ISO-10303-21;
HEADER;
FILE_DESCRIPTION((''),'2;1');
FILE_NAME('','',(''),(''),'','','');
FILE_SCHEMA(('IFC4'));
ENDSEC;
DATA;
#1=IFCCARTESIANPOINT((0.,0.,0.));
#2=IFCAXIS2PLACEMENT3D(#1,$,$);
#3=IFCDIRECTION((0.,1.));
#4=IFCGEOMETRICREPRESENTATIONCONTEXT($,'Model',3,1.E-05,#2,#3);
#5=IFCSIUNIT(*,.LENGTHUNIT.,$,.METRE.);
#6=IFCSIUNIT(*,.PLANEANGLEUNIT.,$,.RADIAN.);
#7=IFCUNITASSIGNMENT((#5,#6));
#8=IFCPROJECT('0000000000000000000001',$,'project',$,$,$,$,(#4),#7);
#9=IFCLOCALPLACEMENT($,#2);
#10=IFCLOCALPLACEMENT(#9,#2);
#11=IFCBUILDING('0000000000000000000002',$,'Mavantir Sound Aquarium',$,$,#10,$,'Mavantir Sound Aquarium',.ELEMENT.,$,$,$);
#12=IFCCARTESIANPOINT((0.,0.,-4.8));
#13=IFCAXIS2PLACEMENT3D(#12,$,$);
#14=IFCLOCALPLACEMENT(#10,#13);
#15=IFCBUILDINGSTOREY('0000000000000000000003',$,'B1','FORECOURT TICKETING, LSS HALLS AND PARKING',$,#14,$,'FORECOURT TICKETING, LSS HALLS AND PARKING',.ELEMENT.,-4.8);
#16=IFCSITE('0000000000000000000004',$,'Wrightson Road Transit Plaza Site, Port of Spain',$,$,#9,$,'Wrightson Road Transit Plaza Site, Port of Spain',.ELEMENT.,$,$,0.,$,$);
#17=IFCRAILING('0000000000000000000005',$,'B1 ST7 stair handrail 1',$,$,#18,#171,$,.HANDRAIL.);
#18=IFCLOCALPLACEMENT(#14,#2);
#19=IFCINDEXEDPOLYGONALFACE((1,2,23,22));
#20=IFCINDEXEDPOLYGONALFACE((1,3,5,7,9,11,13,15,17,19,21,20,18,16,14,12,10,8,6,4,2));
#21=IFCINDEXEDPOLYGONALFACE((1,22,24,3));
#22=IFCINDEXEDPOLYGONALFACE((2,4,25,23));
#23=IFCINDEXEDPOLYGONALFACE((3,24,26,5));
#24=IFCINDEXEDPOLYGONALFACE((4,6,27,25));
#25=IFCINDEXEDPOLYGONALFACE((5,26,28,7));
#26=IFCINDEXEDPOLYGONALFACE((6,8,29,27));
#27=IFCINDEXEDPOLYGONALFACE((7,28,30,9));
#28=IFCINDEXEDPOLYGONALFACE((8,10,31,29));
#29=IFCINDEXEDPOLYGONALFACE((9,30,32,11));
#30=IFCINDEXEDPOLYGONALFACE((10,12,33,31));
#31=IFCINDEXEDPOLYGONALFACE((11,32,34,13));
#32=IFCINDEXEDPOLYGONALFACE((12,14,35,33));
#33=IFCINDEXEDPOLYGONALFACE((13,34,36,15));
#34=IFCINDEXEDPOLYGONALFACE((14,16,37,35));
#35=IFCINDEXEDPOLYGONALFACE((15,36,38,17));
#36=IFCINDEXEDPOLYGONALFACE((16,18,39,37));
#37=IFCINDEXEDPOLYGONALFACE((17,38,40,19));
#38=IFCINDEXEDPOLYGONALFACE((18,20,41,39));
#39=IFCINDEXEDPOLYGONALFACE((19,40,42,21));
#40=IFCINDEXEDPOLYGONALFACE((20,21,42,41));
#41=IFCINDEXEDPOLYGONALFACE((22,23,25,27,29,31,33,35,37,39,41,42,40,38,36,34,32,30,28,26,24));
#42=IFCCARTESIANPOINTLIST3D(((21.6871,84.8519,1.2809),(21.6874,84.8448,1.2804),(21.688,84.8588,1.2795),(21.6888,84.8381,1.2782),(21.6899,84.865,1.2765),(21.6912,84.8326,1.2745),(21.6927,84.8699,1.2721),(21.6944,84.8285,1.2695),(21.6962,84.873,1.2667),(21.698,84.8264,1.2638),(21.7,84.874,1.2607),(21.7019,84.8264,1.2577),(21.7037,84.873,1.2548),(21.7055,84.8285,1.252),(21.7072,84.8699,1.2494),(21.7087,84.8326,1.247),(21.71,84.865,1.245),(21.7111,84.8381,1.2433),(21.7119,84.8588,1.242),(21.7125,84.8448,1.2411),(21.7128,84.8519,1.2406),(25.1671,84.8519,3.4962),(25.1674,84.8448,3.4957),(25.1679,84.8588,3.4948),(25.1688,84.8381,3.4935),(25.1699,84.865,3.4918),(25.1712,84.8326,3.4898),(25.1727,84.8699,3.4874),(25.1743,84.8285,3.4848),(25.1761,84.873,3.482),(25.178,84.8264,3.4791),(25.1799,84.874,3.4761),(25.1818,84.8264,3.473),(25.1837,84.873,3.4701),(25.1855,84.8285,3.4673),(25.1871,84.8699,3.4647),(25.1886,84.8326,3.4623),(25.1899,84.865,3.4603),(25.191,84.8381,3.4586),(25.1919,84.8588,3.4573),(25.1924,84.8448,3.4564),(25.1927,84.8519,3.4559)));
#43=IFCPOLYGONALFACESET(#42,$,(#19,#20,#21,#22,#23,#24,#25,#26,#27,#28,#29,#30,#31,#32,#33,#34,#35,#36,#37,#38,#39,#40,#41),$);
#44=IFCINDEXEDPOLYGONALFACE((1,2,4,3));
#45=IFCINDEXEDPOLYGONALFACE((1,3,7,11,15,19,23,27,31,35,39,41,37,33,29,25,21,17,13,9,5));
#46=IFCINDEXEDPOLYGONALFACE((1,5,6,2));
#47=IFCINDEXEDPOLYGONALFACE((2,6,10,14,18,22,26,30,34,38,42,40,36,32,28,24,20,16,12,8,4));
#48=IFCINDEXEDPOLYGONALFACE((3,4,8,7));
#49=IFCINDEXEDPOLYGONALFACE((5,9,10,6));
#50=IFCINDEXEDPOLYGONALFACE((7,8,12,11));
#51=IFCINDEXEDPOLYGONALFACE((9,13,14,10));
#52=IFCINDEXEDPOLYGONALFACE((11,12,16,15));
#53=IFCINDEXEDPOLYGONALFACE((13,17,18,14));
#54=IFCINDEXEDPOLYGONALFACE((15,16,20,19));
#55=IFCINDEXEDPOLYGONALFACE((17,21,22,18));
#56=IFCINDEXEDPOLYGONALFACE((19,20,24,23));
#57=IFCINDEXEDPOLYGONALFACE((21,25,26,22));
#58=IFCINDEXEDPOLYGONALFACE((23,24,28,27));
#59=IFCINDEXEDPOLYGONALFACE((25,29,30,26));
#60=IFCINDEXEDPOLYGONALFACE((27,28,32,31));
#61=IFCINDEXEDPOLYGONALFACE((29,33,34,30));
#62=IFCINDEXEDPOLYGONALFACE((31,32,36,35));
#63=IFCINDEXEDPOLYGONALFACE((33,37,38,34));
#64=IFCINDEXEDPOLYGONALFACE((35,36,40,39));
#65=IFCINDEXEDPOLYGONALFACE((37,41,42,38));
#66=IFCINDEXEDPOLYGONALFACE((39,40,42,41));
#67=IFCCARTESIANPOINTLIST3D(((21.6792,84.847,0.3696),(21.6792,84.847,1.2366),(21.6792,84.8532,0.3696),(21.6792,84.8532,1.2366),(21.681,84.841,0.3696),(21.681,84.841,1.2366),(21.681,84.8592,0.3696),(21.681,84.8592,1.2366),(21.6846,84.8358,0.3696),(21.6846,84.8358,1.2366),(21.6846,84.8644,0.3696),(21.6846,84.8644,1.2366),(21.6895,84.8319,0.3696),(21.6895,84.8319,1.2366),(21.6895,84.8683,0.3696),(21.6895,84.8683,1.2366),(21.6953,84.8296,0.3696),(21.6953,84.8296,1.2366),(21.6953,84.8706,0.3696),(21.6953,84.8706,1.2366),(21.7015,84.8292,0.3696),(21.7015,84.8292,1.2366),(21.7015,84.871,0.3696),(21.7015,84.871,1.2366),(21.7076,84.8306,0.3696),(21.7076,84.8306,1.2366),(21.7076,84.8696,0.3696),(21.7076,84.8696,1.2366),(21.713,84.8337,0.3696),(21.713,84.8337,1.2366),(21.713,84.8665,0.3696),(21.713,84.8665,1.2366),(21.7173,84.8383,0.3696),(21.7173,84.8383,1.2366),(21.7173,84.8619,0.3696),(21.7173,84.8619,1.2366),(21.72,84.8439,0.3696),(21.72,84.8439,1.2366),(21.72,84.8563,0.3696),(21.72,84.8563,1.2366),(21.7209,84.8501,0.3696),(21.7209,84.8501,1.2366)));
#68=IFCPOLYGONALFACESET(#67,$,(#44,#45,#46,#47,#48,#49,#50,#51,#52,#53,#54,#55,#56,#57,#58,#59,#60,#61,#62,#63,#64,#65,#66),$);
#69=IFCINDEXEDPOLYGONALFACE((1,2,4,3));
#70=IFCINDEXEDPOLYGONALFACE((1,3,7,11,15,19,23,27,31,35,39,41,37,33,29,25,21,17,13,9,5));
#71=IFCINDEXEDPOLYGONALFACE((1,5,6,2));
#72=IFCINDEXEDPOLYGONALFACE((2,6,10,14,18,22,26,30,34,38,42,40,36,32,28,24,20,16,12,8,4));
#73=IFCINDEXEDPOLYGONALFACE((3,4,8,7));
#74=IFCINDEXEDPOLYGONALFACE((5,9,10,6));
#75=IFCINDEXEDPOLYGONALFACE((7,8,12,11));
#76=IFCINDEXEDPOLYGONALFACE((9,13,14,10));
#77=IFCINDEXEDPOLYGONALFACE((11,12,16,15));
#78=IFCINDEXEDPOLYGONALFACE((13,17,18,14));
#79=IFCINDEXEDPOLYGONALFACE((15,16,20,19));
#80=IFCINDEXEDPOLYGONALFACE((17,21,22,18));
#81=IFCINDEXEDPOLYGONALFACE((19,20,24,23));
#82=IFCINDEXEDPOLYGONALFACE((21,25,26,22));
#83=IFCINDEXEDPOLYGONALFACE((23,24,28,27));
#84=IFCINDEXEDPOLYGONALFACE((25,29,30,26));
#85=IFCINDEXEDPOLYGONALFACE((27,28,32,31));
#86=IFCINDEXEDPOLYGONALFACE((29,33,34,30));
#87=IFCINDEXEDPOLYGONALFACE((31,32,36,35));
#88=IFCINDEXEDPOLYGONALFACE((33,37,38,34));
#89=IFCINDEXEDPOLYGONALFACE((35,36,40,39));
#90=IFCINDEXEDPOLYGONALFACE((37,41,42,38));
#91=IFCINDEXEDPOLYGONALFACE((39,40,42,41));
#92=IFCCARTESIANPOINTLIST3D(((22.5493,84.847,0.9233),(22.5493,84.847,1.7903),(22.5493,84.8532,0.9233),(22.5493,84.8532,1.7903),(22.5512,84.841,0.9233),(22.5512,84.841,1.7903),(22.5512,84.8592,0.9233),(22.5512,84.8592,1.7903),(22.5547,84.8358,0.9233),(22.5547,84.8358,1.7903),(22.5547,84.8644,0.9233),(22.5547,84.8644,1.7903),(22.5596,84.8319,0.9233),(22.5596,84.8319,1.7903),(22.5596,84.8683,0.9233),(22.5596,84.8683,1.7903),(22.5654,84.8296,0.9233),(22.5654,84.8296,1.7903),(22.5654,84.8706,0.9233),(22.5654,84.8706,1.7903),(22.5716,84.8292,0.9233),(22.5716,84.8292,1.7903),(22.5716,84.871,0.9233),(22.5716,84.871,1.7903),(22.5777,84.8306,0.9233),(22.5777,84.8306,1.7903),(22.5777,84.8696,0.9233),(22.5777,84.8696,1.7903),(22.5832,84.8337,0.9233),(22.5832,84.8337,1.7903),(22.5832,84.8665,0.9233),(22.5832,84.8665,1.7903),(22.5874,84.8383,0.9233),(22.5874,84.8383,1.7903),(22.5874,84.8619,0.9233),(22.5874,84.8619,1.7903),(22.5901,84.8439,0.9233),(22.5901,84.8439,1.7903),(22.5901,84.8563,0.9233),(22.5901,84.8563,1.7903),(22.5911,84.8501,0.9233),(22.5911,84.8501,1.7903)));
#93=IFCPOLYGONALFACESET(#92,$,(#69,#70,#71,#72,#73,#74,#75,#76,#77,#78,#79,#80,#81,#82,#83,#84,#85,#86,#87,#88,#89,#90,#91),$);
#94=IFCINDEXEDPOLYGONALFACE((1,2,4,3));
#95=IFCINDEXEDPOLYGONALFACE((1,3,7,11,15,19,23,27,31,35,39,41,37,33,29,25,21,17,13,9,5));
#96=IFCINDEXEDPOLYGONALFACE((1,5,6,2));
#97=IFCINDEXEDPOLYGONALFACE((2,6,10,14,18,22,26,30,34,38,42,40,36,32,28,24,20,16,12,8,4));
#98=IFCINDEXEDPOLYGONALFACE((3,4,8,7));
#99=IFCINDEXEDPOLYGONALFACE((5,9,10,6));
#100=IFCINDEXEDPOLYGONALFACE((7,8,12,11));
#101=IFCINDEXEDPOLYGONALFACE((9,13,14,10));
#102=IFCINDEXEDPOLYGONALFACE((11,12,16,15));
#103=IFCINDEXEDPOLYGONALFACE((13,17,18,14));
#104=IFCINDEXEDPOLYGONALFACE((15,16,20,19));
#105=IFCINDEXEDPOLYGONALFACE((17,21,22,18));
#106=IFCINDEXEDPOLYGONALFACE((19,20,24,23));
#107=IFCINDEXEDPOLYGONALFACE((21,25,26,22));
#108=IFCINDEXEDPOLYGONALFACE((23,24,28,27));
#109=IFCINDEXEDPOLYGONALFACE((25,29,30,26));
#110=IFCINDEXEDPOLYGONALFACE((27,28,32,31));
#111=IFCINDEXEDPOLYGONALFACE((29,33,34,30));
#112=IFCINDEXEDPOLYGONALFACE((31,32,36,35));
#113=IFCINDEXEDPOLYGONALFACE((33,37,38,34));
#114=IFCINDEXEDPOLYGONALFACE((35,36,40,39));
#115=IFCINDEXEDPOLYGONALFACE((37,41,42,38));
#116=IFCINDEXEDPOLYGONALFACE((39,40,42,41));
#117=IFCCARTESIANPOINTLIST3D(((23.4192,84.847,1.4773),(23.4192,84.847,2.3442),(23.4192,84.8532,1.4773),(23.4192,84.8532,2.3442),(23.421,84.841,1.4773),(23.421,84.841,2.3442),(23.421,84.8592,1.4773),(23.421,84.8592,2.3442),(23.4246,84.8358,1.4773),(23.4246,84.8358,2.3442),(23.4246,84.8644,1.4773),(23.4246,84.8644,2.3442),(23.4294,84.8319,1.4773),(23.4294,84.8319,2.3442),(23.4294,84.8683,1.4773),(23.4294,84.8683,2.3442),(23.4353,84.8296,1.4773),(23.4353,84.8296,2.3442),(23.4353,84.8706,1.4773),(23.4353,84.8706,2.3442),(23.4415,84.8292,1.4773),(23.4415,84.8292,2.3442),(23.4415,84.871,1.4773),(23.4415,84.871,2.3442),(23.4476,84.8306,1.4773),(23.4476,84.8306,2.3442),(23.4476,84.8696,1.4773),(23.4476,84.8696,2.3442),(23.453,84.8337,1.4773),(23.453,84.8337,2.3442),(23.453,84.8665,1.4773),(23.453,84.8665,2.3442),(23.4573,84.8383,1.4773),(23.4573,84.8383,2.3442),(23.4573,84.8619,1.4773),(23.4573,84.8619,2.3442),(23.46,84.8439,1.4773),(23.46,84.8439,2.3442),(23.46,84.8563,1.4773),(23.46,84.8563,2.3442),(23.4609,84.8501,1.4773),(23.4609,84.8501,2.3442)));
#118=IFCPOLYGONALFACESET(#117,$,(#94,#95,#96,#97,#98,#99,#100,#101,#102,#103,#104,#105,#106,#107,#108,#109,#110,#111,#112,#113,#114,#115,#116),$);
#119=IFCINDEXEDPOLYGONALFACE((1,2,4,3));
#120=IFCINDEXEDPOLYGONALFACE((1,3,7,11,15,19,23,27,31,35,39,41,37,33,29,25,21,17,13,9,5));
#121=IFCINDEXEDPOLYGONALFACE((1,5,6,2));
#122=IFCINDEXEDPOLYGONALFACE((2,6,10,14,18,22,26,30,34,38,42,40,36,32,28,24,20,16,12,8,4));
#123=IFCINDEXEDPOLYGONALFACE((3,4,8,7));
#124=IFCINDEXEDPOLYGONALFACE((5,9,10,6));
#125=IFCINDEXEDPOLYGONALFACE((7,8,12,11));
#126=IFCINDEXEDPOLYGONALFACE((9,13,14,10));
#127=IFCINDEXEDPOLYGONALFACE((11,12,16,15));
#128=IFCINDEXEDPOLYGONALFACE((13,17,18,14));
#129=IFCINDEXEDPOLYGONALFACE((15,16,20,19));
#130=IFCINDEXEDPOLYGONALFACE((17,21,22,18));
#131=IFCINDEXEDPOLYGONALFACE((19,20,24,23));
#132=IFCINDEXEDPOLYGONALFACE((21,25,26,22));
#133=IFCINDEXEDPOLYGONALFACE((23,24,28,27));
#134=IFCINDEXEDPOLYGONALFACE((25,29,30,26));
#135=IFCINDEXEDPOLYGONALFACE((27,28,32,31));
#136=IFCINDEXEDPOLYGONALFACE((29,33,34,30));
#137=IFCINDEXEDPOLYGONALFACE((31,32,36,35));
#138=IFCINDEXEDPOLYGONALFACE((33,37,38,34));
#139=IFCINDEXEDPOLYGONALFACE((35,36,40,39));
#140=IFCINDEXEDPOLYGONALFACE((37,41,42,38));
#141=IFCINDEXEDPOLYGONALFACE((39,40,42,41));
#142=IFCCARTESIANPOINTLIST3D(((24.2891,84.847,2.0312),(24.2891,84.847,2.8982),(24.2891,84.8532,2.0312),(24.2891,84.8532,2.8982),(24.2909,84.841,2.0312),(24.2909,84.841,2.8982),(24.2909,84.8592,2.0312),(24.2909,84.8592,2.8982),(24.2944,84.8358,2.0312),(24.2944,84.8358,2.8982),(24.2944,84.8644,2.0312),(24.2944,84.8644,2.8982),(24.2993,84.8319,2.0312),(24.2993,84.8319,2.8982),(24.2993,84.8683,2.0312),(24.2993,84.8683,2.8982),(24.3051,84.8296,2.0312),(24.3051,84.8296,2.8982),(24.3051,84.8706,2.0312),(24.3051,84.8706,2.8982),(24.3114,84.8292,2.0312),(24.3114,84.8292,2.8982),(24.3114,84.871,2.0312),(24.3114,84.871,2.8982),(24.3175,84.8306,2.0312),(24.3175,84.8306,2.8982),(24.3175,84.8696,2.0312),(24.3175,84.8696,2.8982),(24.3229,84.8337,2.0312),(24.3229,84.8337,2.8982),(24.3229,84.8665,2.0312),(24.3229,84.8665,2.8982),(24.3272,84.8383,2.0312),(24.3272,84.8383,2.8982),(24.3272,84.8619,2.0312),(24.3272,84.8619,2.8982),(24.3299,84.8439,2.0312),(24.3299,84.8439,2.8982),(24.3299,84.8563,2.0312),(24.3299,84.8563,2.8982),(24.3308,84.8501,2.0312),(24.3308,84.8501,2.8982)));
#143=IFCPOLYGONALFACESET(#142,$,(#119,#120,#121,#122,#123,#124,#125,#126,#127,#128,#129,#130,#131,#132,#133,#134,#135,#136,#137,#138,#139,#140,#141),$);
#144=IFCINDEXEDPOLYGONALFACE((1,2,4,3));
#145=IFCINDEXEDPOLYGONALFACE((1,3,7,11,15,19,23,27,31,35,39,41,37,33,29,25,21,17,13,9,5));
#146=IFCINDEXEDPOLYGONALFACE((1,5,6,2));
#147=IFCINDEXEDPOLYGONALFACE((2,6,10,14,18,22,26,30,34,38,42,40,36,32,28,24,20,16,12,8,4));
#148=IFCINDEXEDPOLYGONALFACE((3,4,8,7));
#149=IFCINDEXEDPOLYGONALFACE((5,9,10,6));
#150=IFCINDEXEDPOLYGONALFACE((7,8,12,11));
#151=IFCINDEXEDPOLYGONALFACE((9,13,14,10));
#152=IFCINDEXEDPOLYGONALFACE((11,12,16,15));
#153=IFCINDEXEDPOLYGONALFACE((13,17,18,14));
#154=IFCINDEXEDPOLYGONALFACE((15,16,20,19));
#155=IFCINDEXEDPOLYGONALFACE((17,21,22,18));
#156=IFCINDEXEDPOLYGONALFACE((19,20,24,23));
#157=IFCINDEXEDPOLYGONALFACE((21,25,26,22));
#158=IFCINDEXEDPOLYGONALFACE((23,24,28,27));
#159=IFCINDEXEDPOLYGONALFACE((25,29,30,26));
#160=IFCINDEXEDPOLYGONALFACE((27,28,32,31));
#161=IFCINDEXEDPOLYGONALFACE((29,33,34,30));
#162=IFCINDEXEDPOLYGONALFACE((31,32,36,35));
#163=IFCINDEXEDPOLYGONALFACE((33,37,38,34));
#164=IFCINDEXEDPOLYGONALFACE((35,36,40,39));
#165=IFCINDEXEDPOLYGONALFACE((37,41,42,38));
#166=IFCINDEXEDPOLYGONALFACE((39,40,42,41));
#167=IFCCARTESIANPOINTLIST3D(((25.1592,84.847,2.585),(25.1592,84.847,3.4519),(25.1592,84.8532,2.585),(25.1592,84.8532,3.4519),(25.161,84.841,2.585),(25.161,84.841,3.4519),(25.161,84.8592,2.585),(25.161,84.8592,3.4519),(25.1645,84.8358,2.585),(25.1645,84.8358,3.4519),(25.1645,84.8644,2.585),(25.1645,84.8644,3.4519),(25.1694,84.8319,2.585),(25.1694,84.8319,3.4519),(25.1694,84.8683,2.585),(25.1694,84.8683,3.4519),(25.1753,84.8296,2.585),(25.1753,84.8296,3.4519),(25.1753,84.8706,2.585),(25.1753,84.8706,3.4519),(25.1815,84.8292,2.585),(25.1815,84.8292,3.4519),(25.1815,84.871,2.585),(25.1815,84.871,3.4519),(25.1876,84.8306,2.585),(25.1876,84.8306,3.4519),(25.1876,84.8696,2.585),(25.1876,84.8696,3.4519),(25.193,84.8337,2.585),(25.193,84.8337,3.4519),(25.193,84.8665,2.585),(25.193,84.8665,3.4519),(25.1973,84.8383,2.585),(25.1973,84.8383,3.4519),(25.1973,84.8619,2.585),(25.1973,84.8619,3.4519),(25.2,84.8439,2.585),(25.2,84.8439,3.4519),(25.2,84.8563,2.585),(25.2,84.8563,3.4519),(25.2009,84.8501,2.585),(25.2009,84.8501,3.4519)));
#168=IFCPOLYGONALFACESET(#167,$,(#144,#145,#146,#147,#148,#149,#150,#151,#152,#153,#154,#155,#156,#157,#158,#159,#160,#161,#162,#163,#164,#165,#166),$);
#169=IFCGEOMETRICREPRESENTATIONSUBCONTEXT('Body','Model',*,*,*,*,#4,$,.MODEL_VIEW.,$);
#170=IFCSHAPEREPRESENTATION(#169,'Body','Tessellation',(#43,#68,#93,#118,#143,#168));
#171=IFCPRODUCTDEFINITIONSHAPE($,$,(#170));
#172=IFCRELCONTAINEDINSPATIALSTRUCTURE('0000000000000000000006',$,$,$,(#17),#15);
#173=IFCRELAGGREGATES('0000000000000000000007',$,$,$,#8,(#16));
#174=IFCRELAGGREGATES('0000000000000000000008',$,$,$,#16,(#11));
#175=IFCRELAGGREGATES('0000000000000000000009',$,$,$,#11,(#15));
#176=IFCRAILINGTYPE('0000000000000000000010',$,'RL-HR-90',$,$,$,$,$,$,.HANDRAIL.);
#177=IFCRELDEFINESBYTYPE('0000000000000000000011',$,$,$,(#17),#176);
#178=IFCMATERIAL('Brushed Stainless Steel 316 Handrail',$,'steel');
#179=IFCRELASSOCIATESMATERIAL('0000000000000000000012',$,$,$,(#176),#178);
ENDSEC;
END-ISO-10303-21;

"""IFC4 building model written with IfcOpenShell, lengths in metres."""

from ifc_helpers import new_model, si_unit, direction, frame, origin, origin_2d, place, context, subcontext, project, spatial, circle, extrude, material, type_object, element, save


model = new_model("IFC4")

# Units and contexts
model_context = context("Model", 3, precision=1e-05, world=origin(), true_north=direction((0.0, 1.0)))
body_context = subcontext(model_context, "Body", "Model", "MODEL_VIEW")
ifc_project = project(units=[si_unit("LENGTHUNIT", "METRE"), si_unit("PLANEANGLEUNIT", "RADIAN")], contexts=[model_context])

# Site, building, storey
site_placement = place(None, origin())
site = spatial("IfcSite", under=ifc_project, at=site_placement, Name="Wrightson Road Transit Plaza Site, Port of Spain", LongName="Wrightson Road Transit Plaza Site, Port of Spain", CompositionType="ELEMENT", RefElevation=0.0)
building_placement = place(site_placement, origin())
building = spatial("IfcBuilding", under=site, at=building_placement, Name="Mavantir Sound Aquarium", LongName="Mavantir Sound Aquarium", CompositionType="ELEMENT")
storey_placement = place(building_placement, frame((0.0, 0.0, -4.8)))
storey = spatial("IfcBuildingStorey", under=building, at=storey_placement, Name="B1", Description="FORECOURT TICKETING, LSS HALLS AND PARKING", LongName="FORECOURT TICKETING, LSS HALLS AND PARKING", CompositionType="ELEMENT", Elevation=-4.8)

# Railing
ifc_material_1 = material(Name="Brushed Stainless Steel 316 Handrail", Category="steel")
railing_type_1 = type_object("IfcRailingType", Name="RL-HR-90", PredefinedType="HANDRAIL", material=ifc_material_1)
railing_1_placement = place(storey_placement, frame((21.7, 84.8501, 0.3696)))
element("IfcRailing", 1, at=railing_1_placement, inside=storey, type_object=railing_type_1, Name="B1 ST7 stair handrail 1", PredefinedType="HANDRAIL", context=body_context, shape_type="SweptSolid", body=[
    extrude(circle(Radius=0.0239, at=origin_2d()), frame((0.0, 0.0, 0.8911), z_axis=(0.843574, 0.0, 0.537013), x_axis=(0.0, 1.0, 0.0)), (0.0, 0.0, 1.0), 4.1252),
    extrude(circle(Radius=0.021, at=origin_2d()), origin(), (0.0, 0.0, 1.0), 0.8669),
    extrude(circle(Radius=0.021, at=origin_2d()), frame((0.8701, 0.0, 0.5537)), (0.0, 0.0, 1.0), 0.8669),
    extrude(circle(Radius=0.021, at=origin_2d()), frame((1.74, 0.0, 1.1077)), (0.0, 0.0, 1.0), 0.8669),
    extrude(circle(Radius=0.021, at=origin_2d()), frame((2.6099, 0.0, 1.6616)), (0.0, 0.0, 1.0), 0.8669),
    extrude(circle(Radius=0.021, at=origin_2d()), frame((3.48, 0.0, 2.2153)), (0.0, 0.0, 1.0), 0.8669),
])

save(model, "model.ifc")
